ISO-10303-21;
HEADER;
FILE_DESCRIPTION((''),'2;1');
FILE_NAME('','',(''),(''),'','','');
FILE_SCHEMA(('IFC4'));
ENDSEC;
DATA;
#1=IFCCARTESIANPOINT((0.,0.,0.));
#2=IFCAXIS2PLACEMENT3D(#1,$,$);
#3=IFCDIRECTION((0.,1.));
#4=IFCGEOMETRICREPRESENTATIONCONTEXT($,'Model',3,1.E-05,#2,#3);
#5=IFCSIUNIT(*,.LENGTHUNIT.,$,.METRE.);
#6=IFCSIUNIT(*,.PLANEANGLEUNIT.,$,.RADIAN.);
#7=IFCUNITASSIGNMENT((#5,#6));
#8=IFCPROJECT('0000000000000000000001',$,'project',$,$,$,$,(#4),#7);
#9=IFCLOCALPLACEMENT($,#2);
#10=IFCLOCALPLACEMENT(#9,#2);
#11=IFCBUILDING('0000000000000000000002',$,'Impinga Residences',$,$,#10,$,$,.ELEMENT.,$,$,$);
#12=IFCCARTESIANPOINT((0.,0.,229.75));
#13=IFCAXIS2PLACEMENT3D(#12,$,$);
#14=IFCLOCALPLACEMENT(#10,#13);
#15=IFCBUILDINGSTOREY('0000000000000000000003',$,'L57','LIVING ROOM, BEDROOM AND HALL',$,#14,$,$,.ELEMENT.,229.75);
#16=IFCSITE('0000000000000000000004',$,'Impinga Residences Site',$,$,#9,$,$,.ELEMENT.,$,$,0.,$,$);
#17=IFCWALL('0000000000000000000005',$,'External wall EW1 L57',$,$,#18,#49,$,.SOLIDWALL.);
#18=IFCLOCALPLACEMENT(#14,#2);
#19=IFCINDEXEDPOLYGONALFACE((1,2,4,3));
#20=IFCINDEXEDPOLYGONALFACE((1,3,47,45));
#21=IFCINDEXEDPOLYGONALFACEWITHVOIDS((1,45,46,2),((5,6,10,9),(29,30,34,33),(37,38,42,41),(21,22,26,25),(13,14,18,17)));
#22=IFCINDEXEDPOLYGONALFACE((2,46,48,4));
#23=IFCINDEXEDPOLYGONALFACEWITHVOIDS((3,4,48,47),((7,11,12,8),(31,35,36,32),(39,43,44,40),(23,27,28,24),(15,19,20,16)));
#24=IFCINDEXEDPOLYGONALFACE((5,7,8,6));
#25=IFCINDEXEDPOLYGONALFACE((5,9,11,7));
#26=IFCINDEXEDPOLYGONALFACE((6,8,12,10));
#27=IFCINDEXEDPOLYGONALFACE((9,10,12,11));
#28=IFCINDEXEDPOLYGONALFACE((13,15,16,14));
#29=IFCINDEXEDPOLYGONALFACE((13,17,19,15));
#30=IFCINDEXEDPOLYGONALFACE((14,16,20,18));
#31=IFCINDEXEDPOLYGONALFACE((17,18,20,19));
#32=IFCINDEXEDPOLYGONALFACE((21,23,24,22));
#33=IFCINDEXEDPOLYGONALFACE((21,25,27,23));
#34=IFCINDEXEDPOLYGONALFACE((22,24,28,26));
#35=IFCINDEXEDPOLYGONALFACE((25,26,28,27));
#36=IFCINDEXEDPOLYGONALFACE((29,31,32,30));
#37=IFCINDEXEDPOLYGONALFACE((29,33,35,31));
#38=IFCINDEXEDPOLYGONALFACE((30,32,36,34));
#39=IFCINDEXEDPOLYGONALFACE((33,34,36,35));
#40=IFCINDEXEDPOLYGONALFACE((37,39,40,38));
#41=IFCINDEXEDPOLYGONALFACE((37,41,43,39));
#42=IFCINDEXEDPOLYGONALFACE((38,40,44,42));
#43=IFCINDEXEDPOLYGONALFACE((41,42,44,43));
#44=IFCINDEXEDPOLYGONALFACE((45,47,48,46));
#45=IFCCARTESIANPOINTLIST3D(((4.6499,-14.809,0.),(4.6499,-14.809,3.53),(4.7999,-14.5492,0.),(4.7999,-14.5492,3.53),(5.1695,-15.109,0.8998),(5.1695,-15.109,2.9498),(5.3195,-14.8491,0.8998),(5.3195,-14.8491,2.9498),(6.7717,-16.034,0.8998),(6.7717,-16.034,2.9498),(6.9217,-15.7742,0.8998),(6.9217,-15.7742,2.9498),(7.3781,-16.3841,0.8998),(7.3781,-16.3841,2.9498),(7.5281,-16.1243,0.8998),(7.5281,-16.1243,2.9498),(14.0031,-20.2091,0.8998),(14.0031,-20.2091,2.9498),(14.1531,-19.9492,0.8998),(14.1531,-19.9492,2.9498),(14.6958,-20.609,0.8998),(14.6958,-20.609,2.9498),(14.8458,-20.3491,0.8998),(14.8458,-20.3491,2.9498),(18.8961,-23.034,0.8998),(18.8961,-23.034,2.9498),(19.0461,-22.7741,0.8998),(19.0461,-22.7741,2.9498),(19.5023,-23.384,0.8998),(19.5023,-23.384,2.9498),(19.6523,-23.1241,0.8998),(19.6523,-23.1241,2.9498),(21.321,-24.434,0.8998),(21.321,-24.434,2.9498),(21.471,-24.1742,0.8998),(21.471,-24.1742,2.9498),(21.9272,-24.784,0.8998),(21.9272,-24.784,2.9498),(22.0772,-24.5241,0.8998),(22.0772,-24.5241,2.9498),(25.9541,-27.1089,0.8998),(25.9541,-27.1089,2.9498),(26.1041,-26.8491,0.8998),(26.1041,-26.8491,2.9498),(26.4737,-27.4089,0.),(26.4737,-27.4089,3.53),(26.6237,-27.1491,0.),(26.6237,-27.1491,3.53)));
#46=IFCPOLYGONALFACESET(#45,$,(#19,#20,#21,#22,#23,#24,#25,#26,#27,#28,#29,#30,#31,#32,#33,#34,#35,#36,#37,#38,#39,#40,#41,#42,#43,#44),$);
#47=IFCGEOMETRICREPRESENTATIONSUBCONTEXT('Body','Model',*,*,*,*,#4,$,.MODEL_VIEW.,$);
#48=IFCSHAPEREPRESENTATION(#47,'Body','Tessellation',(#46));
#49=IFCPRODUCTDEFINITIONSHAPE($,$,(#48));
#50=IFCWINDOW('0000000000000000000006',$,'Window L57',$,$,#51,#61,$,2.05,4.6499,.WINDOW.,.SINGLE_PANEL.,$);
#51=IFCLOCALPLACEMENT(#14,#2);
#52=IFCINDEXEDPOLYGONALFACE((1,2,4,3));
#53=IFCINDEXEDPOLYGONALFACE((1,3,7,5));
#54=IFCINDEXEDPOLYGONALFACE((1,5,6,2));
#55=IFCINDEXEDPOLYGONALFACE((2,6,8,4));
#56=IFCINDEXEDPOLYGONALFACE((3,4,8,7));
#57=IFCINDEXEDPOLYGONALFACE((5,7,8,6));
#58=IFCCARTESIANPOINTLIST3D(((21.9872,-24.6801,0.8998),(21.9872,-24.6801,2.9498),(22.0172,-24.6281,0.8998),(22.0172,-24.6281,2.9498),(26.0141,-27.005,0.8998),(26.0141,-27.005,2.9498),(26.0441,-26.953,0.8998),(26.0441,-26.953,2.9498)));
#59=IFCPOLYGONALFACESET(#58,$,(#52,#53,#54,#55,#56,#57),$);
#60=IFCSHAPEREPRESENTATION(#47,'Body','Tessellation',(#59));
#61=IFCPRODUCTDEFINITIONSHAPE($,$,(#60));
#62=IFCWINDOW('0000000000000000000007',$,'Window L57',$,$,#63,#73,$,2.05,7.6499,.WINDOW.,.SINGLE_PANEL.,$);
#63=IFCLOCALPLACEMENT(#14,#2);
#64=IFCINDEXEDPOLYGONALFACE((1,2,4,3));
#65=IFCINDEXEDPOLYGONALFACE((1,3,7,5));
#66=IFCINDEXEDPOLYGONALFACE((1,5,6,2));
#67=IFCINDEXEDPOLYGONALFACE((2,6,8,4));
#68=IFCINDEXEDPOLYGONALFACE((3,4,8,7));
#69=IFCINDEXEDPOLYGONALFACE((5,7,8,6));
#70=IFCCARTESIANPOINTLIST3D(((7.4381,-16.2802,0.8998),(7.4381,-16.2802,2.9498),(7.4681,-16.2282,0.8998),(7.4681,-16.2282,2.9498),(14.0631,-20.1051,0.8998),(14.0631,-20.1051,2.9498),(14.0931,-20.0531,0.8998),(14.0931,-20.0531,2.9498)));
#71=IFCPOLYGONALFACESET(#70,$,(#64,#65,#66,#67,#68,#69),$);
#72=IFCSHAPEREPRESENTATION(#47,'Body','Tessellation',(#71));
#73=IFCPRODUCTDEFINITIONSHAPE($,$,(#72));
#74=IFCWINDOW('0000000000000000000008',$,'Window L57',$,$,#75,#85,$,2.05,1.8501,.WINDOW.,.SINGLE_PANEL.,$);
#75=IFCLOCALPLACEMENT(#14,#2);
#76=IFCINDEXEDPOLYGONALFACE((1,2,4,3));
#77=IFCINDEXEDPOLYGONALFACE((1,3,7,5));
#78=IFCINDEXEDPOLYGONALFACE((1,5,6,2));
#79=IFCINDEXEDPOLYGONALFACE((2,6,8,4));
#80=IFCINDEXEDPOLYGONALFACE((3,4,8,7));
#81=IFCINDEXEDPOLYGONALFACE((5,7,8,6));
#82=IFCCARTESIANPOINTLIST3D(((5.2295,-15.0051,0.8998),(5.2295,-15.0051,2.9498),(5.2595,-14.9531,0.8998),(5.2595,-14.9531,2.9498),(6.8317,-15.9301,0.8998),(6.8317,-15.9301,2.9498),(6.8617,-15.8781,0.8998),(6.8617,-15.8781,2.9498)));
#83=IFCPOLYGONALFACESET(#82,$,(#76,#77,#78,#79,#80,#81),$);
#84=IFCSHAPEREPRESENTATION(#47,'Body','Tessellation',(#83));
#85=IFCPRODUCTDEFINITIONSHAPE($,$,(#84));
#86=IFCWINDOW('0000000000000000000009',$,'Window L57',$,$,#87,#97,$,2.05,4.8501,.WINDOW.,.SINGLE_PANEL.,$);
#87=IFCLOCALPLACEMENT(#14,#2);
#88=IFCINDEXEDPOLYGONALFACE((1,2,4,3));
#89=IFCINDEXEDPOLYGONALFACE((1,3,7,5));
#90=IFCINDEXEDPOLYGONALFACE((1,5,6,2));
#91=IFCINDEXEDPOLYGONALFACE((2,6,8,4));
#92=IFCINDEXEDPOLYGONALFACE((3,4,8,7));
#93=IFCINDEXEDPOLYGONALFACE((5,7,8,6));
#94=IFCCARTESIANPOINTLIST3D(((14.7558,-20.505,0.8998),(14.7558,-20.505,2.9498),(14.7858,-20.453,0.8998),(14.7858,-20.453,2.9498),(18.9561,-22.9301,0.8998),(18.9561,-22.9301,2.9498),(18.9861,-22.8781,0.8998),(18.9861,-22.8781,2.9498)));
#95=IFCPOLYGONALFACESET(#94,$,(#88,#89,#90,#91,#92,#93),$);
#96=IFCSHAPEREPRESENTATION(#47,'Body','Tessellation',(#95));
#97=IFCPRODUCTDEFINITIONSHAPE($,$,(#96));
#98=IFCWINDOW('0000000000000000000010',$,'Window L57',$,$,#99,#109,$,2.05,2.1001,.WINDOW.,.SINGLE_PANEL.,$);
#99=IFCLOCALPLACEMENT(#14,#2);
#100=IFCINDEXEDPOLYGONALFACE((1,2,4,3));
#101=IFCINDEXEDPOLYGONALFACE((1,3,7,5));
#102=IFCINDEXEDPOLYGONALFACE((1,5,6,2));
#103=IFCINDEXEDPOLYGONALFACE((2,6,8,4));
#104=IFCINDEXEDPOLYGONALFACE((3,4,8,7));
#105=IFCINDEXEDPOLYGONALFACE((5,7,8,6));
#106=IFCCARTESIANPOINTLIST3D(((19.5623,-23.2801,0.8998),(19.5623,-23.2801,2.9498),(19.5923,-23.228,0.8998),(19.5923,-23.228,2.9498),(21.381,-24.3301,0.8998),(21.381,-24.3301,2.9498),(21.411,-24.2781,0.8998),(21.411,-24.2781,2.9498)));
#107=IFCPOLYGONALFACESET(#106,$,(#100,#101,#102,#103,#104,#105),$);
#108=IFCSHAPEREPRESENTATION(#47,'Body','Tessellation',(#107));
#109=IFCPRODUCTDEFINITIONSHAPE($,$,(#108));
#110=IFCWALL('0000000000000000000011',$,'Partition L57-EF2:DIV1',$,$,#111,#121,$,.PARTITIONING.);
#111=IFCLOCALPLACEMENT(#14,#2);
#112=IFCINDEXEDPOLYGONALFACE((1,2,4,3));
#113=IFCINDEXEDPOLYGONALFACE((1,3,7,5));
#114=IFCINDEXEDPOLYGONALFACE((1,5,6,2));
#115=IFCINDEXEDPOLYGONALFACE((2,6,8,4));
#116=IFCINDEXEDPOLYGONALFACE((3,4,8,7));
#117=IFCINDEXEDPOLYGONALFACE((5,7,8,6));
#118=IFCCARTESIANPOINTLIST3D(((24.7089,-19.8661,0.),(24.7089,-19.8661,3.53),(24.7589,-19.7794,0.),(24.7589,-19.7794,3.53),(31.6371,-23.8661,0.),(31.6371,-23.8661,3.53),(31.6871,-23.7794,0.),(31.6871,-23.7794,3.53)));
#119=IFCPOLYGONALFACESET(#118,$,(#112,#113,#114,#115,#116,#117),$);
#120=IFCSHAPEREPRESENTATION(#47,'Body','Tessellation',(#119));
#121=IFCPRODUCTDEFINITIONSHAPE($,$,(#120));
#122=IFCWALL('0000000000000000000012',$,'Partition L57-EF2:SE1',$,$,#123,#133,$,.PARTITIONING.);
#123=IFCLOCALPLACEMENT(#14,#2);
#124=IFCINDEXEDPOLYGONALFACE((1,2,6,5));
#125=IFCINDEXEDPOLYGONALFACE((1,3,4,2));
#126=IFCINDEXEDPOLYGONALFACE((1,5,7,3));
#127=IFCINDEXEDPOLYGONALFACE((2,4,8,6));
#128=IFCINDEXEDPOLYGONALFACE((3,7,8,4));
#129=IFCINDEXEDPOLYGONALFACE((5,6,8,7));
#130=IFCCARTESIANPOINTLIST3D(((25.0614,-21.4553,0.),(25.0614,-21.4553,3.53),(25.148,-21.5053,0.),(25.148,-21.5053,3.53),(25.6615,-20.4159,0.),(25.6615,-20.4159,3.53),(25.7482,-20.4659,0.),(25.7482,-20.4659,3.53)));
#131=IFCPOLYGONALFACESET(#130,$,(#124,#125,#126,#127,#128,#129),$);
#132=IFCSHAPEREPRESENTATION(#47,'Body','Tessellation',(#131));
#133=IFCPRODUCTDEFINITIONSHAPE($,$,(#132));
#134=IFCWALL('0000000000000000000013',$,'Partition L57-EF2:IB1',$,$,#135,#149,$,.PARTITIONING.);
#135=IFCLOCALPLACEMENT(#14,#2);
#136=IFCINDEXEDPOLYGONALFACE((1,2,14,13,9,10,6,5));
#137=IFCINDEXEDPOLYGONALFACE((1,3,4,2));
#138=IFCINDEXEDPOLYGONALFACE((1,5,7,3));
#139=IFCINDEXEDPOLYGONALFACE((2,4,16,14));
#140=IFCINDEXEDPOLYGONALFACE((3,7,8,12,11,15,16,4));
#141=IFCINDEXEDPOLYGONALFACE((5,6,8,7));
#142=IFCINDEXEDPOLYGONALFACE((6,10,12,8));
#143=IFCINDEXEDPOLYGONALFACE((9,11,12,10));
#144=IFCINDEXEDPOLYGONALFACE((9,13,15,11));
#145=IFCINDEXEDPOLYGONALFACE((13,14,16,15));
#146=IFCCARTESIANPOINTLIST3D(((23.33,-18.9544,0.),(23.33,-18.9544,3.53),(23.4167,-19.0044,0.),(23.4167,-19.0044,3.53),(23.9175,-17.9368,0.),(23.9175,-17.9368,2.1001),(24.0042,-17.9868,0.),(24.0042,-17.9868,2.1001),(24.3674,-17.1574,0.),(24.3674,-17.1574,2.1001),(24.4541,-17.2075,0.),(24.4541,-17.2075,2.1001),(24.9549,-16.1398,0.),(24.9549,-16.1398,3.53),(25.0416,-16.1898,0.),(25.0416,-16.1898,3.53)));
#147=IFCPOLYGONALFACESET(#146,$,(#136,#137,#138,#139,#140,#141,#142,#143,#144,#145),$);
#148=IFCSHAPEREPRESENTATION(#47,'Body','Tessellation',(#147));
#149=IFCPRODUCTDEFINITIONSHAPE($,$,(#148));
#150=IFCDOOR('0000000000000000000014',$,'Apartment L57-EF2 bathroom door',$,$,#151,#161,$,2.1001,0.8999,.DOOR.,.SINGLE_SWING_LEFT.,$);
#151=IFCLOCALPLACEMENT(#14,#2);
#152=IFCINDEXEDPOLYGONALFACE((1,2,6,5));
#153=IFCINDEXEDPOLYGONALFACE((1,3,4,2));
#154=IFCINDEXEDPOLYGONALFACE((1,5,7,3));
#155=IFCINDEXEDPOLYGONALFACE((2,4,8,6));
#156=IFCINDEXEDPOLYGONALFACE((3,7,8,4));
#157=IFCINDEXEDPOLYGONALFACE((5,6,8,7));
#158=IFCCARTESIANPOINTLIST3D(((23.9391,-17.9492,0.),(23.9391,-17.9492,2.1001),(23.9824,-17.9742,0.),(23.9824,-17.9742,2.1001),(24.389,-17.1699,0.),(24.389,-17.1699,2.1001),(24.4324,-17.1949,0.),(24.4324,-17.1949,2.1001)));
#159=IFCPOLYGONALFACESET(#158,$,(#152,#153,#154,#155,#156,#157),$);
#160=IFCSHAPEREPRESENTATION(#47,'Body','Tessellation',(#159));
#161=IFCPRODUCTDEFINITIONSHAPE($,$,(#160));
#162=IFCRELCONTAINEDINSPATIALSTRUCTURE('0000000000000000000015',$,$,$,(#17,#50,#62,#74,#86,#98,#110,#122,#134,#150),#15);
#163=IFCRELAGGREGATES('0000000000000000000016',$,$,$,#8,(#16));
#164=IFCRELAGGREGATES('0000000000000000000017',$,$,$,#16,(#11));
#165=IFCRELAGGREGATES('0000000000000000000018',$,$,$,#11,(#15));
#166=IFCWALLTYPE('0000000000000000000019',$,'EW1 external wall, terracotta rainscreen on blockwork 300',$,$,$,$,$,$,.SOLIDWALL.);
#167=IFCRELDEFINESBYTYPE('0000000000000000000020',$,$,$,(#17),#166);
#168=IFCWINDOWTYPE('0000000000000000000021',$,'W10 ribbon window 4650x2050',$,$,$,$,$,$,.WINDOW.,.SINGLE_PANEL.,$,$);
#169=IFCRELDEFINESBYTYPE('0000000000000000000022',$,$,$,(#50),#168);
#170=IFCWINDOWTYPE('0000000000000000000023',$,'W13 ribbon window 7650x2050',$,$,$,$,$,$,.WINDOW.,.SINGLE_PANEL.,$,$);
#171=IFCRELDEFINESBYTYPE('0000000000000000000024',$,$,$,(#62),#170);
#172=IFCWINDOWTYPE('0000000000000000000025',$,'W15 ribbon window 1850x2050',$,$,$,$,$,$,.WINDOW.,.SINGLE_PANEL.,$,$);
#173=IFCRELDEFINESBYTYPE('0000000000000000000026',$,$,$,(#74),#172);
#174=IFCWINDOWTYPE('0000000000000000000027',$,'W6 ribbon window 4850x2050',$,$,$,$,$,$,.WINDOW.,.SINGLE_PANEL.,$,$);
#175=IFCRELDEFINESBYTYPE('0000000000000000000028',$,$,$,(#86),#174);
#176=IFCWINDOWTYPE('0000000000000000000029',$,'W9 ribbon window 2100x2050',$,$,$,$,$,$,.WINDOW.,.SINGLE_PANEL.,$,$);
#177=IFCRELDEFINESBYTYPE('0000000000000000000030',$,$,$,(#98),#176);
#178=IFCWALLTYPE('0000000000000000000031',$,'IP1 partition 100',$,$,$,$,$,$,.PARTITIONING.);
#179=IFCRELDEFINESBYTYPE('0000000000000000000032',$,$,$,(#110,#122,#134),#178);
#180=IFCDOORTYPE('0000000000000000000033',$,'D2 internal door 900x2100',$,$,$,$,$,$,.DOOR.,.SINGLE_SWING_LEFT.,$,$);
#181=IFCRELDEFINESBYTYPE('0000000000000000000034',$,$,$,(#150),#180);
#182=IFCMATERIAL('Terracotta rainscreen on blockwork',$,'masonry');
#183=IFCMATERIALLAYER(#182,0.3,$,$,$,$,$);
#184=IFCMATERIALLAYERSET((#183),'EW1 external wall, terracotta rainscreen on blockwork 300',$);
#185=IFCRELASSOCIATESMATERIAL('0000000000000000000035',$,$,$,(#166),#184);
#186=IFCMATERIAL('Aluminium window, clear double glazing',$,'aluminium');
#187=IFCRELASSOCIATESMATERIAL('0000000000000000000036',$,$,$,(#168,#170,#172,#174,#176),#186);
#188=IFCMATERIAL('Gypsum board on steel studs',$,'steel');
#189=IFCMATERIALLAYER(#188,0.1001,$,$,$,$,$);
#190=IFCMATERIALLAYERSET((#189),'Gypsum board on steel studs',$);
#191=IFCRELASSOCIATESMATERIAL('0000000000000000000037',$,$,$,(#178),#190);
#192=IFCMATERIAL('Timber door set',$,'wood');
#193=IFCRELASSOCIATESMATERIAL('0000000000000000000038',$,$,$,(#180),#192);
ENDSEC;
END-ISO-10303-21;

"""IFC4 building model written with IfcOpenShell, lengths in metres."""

from ifc_helpers import new_model, si_unit, direction, frame, frame_2d, origin, place, context, subcontext, project, spatial, rectangle, extrude, material, layer, layer_set, type_object, element, fill, save


model = new_model("IFC4")

# Units and contexts
model_context = context("Model", 3, precision=1e-05, world=origin(), true_north=direction((0.0, 1.0)))
body_context = subcontext(model_context, "Body", "Model", "MODEL_VIEW")
ifc_project = project(units=[si_unit("LENGTHUNIT", "METRE"), si_unit("PLANEANGLEUNIT", "RADIAN")], contexts=[model_context])

# Site, building, storey
site_placement = place(None, origin())
site = spatial("IfcSite", under=ifc_project, at=site_placement, Name="Impinga Residences Site", CompositionType="ELEMENT", RefElevation=0.0)
building_placement = place(site_placement, origin())
building = spatial("IfcBuilding", under=site, at=building_placement, Name="Impinga Residences", CompositionType="ELEMENT")
storey_placement = place(building_placement, frame((0.0, 0.0, 229.75)))
storey = spatial("IfcBuildingStorey", under=building, at=storey_placement, Name="L57", Description="LIVING ROOM, BEDROOM AND HALL", CompositionType="ELEMENT", Elevation=229.75)

# Shared definitions
ifc_material_1 = material(Name="Timber door set", Category="wood")

# Shared definitions
ifc_material_2 = material(Name="Terracotta rainscreen on blockwork", Category="masonry")
ifc_layer_1 = layer(ifc_material_2, 0.3)
ifc_layer_set_1 = layer_set([ifc_layer_1], Name="EW1 external wall, terracotta rainscreen on blockwork 300")
wall_type_1 = type_object("IfcWallType", Name="EW1 external wall, terracotta rainscreen on blockwork 300", PredefinedType="SOLIDWALL", material=ifc_layer_set_1)

# Wall, openings, windows
wall_1_placement = place(storey_placement, frame((26.5488, -27.2791, 0.0), z_axis=(0.0, 0.0, 1.0), x_axis=(-0.866027, 0.499998, 0.0)))
wall_1 = element("IfcWall", 1, at=wall_1_placement, inside=storey, type_object=wall_type_1, Name="External wall EW1 L57", PredefinedType="SOLIDWALL", context=body_context, shape_type="SweptSolid", body=[
    extrude(rectangle(XDim=25.2, YDim=0.3, at=frame_2d((12.6001, 0.0))), origin(), (0.0, 0.0, 1.0), 3.53),
])
opening_1_placement = place(wall_1_placement, frame((0.6001, 0.0, 0.8999)))
opening_1 = element("IfcOpeningElement", 2, at=opening_1_placement, cuts=wall_1, PredefinedType="OPENING", context=body_context, shape_type="SweptSolid", body=[
    extrude(rectangle(XDim=4.6499, YDim=2.05, at=frame_2d((2.325, 1.0249))), frame((0.0, 0.1599, 0.0), z_axis=(0.0, -1.0, 0.0), x_axis=(1.0, 0.0, 0.0)), (0.0, 0.0, 1.0), 0.3201),
])
opening_2_placement = place(wall_1_placement, frame((5.95, 0.0, 0.8999)))
opening_2 = element("IfcOpeningElement", 3, at=opening_2_placement, cuts=wall_1, PredefinedType="OPENING", context=body_context, shape_type="SweptSolid", body=[
    extrude(rectangle(XDim=2.1001, YDim=2.05, at=frame_2d((1.05, 1.0249))), frame((0.0, 0.1599, 0.0), z_axis=(0.0, -1.0, 0.0), x_axis=(1.0, 0.0, 0.0)), (0.0, 0.0, 1.0), 0.3201),
])
opening_3_placement = place(wall_1_placement, frame((8.75, 0.0, 0.8999)))
opening_3 = element("IfcOpeningElement", 4, at=opening_3_placement, cuts=wall_1, PredefinedType="OPENING", context=body_context, shape_type="SweptSolid", body=[
    extrude(rectangle(XDim=4.8501, YDim=2.05, at=frame_2d((2.425, 1.0249))), frame((0.0, 0.1599, 0.0), z_axis=(0.0, -1.0, 0.0), x_axis=(1.0, 0.0, 0.0)), (0.0, 0.0, 1.0), 0.3201),
])
opening_4_placement = place(wall_1_placement, frame((14.3999, 0.0, 0.8999)))
opening_4 = element("IfcOpeningElement", 5, at=opening_4_placement, cuts=wall_1, PredefinedType="OPENING", context=body_context, shape_type="SweptSolid", body=[
    extrude(rectangle(XDim=7.6499, YDim=2.05, at=frame_2d((3.825, 1.0249))), frame((0.0, 0.1599, 0.0), z_axis=(0.0, -1.0, 0.0), x_axis=(1.0, 0.0, 0.0)), (0.0, 0.0, 1.0), 0.3201),
])
opening_5_placement = place(wall_1_placement, frame((22.75, 0.0, 0.8999)))
opening_5 = element("IfcOpeningElement", 6, at=opening_5_placement, cuts=wall_1, PredefinedType="OPENING", context=body_context, shape_type="SweptSolid", body=[
    extrude(rectangle(XDim=1.8501, YDim=2.05, at=frame_2d((0.925, 1.0249))), frame((0.0, 0.1599, 0.0), z_axis=(0.0, -1.0, 0.0), x_axis=(1.0, 0.0, 0.0)), (0.0, 0.0, 1.0), 0.3201),
])
ifc_material_3 = material(Name="Aluminium window, clear double glazing", Category="aluminium")
window_type_1 = type_object("IfcWindowType", Name="W10 ribbon window 4650x2050", PartitioningType="SINGLE_PANEL", PredefinedType="WINDOW", material=ifc_material_3)
window_1_placement = place(opening_1_placement, origin())
window_1 = element("IfcWindow", 7, at=window_1_placement, inside=storey, type_object=window_type_1, Name="Window L57", OverallHeight=2.05, OverallWidth=4.6499, PartitioningType="SINGLE_PANEL", PredefinedType="WINDOW", context=body_context, shape_type="SweptSolid", body=[
    extrude(rectangle(XDim=4.6499, YDim=2.05, at=frame_2d((2.325, 1.0249))), frame((0.0, 0.03, 0.0), z_axis=(0.0, -1.0, 0.0), x_axis=(1.0, 0.0, 0.0)), (0.0, 0.0, 1.0), 0.0601),
])
fill(opening_1, window_1)
window_type_2 = type_object("IfcWindowType", Name="W13 ribbon window 7650x2050", PartitioningType="SINGLE_PANEL", PredefinedType="WINDOW", material=ifc_material_3)
window_2_placement = place(opening_4_placement, origin())
window_2 = element("IfcWindow", 8, at=window_2_placement, inside=storey, type_object=window_type_2, Name="Window L57", OverallHeight=2.05, OverallWidth=7.6499, PartitioningType="SINGLE_PANEL", PredefinedType="WINDOW", context=body_context, shape_type="SweptSolid", body=[
    extrude(rectangle(XDim=7.6499, YDim=2.05, at=frame_2d((3.825, 1.0249))), frame((0.0, 0.03, 0.0), z_axis=(0.0, -1.0, 0.0), x_axis=(1.0, 0.0, 0.0)), (0.0, 0.0, 1.0), 0.0601),
])
fill(opening_4, window_2)
window_type_3 = type_object("IfcWindowType", Name="W15 ribbon window 1850x2050", PartitioningType="SINGLE_PANEL", PredefinedType="WINDOW", material=ifc_material_3)
window_3_placement = place(opening_5_placement, origin())
window_3 = element("IfcWindow", 9, at=window_3_placement, inside=storey, type_object=window_type_3, Name="Window L57", OverallHeight=2.05, OverallWidth=1.8501, PartitioningType="SINGLE_PANEL", PredefinedType="WINDOW", context=body_context, shape_type="SweptSolid", body=[
    extrude(rectangle(XDim=1.8501, YDim=2.05, at=frame_2d((0.925, 1.0249))), frame((0.0, 0.03, 0.0), z_axis=(0.0, -1.0, 0.0), x_axis=(1.0, 0.0, 0.0)), (0.0, 0.0, 1.0), 0.0601),
])
fill(opening_5, window_3)
window_type_4 = type_object("IfcWindowType", Name="W6 ribbon window 4850x2050", PartitioningType="SINGLE_PANEL", PredefinedType="WINDOW", material=ifc_material_3)
window_4_placement = place(opening_3_placement, origin())
window_4 = element("IfcWindow", 10, at=window_4_placement, inside=storey, type_object=window_type_4, Name="Window L57", OverallHeight=2.05, OverallWidth=4.8501, PartitioningType="SINGLE_PANEL", PredefinedType="WINDOW", context=body_context, shape_type="SweptSolid", body=[
    extrude(rectangle(XDim=4.8501, YDim=2.05, at=frame_2d((2.425, 1.0249))), frame((0.0, 0.03, 0.0), z_axis=(0.0, -1.0, 0.0), x_axis=(1.0, 0.0, 0.0)), (0.0, 0.0, 1.0), 0.0601),
])
fill(opening_3, window_4)
window_type_5 = type_object("IfcWindowType", Name="W9 ribbon window 2100x2050", PartitioningType="SINGLE_PANEL", PredefinedType="WINDOW", material=ifc_material_3)
window_5_placement = place(opening_2_placement, origin())
window_5 = element("IfcWindow", 11, at=window_5_placement, inside=storey, type_object=window_type_5, Name="Window L57", OverallHeight=2.05, OverallWidth=2.1001, PartitioningType="SINGLE_PANEL", PredefinedType="WINDOW", context=body_context, shape_type="SweptSolid", body=[
    extrude(rectangle(XDim=2.1001, YDim=2.05, at=frame_2d((1.05, 1.0249))), frame((0.0, 0.03, 0.0), z_axis=(0.0, -1.0, 0.0), x_axis=(1.0, 0.0, 0.0)), (0.0, 0.0, 1.0), 0.0601),
])
fill(opening_2, window_5)

# Walls
ifc_material_4 = material(Name="Gypsum board on steel studs", Category="steel")
ifc_layer_2 = layer(ifc_material_4, 0.1001)
ifc_layer_set_2 = layer_set([ifc_layer_2], Name="Gypsum board on steel studs")
wall_type_2 = type_object("IfcWallType", Name="IP1 partition 100", PredefinedType="PARTITIONING", material=ifc_layer_set_2)
wall_2_placement = place(storey_placement, frame((24.7339, -19.8228, 0.0), z_axis=(0.0, 0.0, 1.0), x_axis=(0.866026, -0.499999, 0.0)))
element("IfcWall", 12, at=wall_2_placement, inside=storey, type_object=wall_type_2, Name="Partition L57-EF2:DIV1", PredefinedType="PARTITIONING", context=body_context, shape_type="SweptSolid", body=[
    extrude(rectangle(XDim=8.0, YDim=0.1001, at=frame_2d((4.0, 0.0))), origin(), (0.0, 0.0, 1.0), 3.53),
])
wall_3_placement = place(storey_placement, frame((25.7048, -20.4409, 0.0), z_axis=(0.0, 0.0, 1.0), x_axis=(-0.500034, -0.866006, 0.0)))
element("IfcWall", 13, at=wall_3_placement, inside=storey, type_object=wall_type_2, Name="Partition L57-EF2:SE1", PredefinedType="PARTITIONING", context=body_context, shape_type="SweptSolid", body=[
    extrude(rectangle(XDim=1.2002, YDim=0.1001, at=frame_2d((0.6001, 0.0))), origin(), (0.0, 0.0, 1.0), 3.53),
])

# Wall, opening, door
wall_4_placement = place(storey_placement, frame((24.9983, -16.1648, 0.0), z_axis=(0.0, 0.0, 1.0), x_axis=(-0.499985, -0.866034, 0.0)))
wall_4 = element("IfcWall", 14, at=wall_4_placement, inside=storey, type_object=wall_type_2, Name="Partition L57-EF2:IB1", PredefinedType="PARTITIONING", context=body_context, shape_type="SweptSolid", body=[
    extrude(rectangle(XDim=3.25, YDim=0.1001, at=frame_2d((1.625, 0.0))), origin(), (0.0, 0.0, 1.0), 3.53),
])
opening_6_placement = place(wall_4_placement, frame((1.175, 0.0, 0.0)))
opening_6 = element("IfcOpeningElement", 15, at=opening_6_placement, cuts=wall_4, PredefinedType="OPENING", context=body_context, shape_type="SweptSolid", body=[
    extrude(rectangle(XDim=0.8999, YDim=2.1001, at=frame_2d((0.45, 1.05))), frame((0.0, 0.0601, 0.0), z_axis=(0.0, -1.0, 0.0), x_axis=(1.0, 0.0, 0.0)), (0.0, 0.0, 1.0), 0.1201),
])
door_type_1 = type_object("IfcDoorType", Name="D2 internal door 900x2100", OperationType="SINGLE_SWING_LEFT", PredefinedType="DOOR", material=ifc_material_1)
door_1_placement = place(opening_6_placement, origin())
door_1 = element("IfcDoor", 16, at=door_1_placement, inside=storey, type_object=door_type_1, Name="Apartment L57-EF2 bathroom door", OperationType="SINGLE_SWING_LEFT", OverallHeight=2.1001, OverallWidth=0.8999, PredefinedType="DOOR", context=body_context, shape_type="SweptSolid", body=[
    extrude(rectangle(XDim=0.8999, YDim=2.1001, at=frame_2d((0.45, 1.05))), frame((0.0, 0.0249, 0.0), z_axis=(0.0, -1.0, 0.0), x_axis=(1.0, 0.0, 0.0)), (0.0, 0.0, 1.0), 0.05),
])
fill(opening_6, door_1)

save(model, "model.ifc")
